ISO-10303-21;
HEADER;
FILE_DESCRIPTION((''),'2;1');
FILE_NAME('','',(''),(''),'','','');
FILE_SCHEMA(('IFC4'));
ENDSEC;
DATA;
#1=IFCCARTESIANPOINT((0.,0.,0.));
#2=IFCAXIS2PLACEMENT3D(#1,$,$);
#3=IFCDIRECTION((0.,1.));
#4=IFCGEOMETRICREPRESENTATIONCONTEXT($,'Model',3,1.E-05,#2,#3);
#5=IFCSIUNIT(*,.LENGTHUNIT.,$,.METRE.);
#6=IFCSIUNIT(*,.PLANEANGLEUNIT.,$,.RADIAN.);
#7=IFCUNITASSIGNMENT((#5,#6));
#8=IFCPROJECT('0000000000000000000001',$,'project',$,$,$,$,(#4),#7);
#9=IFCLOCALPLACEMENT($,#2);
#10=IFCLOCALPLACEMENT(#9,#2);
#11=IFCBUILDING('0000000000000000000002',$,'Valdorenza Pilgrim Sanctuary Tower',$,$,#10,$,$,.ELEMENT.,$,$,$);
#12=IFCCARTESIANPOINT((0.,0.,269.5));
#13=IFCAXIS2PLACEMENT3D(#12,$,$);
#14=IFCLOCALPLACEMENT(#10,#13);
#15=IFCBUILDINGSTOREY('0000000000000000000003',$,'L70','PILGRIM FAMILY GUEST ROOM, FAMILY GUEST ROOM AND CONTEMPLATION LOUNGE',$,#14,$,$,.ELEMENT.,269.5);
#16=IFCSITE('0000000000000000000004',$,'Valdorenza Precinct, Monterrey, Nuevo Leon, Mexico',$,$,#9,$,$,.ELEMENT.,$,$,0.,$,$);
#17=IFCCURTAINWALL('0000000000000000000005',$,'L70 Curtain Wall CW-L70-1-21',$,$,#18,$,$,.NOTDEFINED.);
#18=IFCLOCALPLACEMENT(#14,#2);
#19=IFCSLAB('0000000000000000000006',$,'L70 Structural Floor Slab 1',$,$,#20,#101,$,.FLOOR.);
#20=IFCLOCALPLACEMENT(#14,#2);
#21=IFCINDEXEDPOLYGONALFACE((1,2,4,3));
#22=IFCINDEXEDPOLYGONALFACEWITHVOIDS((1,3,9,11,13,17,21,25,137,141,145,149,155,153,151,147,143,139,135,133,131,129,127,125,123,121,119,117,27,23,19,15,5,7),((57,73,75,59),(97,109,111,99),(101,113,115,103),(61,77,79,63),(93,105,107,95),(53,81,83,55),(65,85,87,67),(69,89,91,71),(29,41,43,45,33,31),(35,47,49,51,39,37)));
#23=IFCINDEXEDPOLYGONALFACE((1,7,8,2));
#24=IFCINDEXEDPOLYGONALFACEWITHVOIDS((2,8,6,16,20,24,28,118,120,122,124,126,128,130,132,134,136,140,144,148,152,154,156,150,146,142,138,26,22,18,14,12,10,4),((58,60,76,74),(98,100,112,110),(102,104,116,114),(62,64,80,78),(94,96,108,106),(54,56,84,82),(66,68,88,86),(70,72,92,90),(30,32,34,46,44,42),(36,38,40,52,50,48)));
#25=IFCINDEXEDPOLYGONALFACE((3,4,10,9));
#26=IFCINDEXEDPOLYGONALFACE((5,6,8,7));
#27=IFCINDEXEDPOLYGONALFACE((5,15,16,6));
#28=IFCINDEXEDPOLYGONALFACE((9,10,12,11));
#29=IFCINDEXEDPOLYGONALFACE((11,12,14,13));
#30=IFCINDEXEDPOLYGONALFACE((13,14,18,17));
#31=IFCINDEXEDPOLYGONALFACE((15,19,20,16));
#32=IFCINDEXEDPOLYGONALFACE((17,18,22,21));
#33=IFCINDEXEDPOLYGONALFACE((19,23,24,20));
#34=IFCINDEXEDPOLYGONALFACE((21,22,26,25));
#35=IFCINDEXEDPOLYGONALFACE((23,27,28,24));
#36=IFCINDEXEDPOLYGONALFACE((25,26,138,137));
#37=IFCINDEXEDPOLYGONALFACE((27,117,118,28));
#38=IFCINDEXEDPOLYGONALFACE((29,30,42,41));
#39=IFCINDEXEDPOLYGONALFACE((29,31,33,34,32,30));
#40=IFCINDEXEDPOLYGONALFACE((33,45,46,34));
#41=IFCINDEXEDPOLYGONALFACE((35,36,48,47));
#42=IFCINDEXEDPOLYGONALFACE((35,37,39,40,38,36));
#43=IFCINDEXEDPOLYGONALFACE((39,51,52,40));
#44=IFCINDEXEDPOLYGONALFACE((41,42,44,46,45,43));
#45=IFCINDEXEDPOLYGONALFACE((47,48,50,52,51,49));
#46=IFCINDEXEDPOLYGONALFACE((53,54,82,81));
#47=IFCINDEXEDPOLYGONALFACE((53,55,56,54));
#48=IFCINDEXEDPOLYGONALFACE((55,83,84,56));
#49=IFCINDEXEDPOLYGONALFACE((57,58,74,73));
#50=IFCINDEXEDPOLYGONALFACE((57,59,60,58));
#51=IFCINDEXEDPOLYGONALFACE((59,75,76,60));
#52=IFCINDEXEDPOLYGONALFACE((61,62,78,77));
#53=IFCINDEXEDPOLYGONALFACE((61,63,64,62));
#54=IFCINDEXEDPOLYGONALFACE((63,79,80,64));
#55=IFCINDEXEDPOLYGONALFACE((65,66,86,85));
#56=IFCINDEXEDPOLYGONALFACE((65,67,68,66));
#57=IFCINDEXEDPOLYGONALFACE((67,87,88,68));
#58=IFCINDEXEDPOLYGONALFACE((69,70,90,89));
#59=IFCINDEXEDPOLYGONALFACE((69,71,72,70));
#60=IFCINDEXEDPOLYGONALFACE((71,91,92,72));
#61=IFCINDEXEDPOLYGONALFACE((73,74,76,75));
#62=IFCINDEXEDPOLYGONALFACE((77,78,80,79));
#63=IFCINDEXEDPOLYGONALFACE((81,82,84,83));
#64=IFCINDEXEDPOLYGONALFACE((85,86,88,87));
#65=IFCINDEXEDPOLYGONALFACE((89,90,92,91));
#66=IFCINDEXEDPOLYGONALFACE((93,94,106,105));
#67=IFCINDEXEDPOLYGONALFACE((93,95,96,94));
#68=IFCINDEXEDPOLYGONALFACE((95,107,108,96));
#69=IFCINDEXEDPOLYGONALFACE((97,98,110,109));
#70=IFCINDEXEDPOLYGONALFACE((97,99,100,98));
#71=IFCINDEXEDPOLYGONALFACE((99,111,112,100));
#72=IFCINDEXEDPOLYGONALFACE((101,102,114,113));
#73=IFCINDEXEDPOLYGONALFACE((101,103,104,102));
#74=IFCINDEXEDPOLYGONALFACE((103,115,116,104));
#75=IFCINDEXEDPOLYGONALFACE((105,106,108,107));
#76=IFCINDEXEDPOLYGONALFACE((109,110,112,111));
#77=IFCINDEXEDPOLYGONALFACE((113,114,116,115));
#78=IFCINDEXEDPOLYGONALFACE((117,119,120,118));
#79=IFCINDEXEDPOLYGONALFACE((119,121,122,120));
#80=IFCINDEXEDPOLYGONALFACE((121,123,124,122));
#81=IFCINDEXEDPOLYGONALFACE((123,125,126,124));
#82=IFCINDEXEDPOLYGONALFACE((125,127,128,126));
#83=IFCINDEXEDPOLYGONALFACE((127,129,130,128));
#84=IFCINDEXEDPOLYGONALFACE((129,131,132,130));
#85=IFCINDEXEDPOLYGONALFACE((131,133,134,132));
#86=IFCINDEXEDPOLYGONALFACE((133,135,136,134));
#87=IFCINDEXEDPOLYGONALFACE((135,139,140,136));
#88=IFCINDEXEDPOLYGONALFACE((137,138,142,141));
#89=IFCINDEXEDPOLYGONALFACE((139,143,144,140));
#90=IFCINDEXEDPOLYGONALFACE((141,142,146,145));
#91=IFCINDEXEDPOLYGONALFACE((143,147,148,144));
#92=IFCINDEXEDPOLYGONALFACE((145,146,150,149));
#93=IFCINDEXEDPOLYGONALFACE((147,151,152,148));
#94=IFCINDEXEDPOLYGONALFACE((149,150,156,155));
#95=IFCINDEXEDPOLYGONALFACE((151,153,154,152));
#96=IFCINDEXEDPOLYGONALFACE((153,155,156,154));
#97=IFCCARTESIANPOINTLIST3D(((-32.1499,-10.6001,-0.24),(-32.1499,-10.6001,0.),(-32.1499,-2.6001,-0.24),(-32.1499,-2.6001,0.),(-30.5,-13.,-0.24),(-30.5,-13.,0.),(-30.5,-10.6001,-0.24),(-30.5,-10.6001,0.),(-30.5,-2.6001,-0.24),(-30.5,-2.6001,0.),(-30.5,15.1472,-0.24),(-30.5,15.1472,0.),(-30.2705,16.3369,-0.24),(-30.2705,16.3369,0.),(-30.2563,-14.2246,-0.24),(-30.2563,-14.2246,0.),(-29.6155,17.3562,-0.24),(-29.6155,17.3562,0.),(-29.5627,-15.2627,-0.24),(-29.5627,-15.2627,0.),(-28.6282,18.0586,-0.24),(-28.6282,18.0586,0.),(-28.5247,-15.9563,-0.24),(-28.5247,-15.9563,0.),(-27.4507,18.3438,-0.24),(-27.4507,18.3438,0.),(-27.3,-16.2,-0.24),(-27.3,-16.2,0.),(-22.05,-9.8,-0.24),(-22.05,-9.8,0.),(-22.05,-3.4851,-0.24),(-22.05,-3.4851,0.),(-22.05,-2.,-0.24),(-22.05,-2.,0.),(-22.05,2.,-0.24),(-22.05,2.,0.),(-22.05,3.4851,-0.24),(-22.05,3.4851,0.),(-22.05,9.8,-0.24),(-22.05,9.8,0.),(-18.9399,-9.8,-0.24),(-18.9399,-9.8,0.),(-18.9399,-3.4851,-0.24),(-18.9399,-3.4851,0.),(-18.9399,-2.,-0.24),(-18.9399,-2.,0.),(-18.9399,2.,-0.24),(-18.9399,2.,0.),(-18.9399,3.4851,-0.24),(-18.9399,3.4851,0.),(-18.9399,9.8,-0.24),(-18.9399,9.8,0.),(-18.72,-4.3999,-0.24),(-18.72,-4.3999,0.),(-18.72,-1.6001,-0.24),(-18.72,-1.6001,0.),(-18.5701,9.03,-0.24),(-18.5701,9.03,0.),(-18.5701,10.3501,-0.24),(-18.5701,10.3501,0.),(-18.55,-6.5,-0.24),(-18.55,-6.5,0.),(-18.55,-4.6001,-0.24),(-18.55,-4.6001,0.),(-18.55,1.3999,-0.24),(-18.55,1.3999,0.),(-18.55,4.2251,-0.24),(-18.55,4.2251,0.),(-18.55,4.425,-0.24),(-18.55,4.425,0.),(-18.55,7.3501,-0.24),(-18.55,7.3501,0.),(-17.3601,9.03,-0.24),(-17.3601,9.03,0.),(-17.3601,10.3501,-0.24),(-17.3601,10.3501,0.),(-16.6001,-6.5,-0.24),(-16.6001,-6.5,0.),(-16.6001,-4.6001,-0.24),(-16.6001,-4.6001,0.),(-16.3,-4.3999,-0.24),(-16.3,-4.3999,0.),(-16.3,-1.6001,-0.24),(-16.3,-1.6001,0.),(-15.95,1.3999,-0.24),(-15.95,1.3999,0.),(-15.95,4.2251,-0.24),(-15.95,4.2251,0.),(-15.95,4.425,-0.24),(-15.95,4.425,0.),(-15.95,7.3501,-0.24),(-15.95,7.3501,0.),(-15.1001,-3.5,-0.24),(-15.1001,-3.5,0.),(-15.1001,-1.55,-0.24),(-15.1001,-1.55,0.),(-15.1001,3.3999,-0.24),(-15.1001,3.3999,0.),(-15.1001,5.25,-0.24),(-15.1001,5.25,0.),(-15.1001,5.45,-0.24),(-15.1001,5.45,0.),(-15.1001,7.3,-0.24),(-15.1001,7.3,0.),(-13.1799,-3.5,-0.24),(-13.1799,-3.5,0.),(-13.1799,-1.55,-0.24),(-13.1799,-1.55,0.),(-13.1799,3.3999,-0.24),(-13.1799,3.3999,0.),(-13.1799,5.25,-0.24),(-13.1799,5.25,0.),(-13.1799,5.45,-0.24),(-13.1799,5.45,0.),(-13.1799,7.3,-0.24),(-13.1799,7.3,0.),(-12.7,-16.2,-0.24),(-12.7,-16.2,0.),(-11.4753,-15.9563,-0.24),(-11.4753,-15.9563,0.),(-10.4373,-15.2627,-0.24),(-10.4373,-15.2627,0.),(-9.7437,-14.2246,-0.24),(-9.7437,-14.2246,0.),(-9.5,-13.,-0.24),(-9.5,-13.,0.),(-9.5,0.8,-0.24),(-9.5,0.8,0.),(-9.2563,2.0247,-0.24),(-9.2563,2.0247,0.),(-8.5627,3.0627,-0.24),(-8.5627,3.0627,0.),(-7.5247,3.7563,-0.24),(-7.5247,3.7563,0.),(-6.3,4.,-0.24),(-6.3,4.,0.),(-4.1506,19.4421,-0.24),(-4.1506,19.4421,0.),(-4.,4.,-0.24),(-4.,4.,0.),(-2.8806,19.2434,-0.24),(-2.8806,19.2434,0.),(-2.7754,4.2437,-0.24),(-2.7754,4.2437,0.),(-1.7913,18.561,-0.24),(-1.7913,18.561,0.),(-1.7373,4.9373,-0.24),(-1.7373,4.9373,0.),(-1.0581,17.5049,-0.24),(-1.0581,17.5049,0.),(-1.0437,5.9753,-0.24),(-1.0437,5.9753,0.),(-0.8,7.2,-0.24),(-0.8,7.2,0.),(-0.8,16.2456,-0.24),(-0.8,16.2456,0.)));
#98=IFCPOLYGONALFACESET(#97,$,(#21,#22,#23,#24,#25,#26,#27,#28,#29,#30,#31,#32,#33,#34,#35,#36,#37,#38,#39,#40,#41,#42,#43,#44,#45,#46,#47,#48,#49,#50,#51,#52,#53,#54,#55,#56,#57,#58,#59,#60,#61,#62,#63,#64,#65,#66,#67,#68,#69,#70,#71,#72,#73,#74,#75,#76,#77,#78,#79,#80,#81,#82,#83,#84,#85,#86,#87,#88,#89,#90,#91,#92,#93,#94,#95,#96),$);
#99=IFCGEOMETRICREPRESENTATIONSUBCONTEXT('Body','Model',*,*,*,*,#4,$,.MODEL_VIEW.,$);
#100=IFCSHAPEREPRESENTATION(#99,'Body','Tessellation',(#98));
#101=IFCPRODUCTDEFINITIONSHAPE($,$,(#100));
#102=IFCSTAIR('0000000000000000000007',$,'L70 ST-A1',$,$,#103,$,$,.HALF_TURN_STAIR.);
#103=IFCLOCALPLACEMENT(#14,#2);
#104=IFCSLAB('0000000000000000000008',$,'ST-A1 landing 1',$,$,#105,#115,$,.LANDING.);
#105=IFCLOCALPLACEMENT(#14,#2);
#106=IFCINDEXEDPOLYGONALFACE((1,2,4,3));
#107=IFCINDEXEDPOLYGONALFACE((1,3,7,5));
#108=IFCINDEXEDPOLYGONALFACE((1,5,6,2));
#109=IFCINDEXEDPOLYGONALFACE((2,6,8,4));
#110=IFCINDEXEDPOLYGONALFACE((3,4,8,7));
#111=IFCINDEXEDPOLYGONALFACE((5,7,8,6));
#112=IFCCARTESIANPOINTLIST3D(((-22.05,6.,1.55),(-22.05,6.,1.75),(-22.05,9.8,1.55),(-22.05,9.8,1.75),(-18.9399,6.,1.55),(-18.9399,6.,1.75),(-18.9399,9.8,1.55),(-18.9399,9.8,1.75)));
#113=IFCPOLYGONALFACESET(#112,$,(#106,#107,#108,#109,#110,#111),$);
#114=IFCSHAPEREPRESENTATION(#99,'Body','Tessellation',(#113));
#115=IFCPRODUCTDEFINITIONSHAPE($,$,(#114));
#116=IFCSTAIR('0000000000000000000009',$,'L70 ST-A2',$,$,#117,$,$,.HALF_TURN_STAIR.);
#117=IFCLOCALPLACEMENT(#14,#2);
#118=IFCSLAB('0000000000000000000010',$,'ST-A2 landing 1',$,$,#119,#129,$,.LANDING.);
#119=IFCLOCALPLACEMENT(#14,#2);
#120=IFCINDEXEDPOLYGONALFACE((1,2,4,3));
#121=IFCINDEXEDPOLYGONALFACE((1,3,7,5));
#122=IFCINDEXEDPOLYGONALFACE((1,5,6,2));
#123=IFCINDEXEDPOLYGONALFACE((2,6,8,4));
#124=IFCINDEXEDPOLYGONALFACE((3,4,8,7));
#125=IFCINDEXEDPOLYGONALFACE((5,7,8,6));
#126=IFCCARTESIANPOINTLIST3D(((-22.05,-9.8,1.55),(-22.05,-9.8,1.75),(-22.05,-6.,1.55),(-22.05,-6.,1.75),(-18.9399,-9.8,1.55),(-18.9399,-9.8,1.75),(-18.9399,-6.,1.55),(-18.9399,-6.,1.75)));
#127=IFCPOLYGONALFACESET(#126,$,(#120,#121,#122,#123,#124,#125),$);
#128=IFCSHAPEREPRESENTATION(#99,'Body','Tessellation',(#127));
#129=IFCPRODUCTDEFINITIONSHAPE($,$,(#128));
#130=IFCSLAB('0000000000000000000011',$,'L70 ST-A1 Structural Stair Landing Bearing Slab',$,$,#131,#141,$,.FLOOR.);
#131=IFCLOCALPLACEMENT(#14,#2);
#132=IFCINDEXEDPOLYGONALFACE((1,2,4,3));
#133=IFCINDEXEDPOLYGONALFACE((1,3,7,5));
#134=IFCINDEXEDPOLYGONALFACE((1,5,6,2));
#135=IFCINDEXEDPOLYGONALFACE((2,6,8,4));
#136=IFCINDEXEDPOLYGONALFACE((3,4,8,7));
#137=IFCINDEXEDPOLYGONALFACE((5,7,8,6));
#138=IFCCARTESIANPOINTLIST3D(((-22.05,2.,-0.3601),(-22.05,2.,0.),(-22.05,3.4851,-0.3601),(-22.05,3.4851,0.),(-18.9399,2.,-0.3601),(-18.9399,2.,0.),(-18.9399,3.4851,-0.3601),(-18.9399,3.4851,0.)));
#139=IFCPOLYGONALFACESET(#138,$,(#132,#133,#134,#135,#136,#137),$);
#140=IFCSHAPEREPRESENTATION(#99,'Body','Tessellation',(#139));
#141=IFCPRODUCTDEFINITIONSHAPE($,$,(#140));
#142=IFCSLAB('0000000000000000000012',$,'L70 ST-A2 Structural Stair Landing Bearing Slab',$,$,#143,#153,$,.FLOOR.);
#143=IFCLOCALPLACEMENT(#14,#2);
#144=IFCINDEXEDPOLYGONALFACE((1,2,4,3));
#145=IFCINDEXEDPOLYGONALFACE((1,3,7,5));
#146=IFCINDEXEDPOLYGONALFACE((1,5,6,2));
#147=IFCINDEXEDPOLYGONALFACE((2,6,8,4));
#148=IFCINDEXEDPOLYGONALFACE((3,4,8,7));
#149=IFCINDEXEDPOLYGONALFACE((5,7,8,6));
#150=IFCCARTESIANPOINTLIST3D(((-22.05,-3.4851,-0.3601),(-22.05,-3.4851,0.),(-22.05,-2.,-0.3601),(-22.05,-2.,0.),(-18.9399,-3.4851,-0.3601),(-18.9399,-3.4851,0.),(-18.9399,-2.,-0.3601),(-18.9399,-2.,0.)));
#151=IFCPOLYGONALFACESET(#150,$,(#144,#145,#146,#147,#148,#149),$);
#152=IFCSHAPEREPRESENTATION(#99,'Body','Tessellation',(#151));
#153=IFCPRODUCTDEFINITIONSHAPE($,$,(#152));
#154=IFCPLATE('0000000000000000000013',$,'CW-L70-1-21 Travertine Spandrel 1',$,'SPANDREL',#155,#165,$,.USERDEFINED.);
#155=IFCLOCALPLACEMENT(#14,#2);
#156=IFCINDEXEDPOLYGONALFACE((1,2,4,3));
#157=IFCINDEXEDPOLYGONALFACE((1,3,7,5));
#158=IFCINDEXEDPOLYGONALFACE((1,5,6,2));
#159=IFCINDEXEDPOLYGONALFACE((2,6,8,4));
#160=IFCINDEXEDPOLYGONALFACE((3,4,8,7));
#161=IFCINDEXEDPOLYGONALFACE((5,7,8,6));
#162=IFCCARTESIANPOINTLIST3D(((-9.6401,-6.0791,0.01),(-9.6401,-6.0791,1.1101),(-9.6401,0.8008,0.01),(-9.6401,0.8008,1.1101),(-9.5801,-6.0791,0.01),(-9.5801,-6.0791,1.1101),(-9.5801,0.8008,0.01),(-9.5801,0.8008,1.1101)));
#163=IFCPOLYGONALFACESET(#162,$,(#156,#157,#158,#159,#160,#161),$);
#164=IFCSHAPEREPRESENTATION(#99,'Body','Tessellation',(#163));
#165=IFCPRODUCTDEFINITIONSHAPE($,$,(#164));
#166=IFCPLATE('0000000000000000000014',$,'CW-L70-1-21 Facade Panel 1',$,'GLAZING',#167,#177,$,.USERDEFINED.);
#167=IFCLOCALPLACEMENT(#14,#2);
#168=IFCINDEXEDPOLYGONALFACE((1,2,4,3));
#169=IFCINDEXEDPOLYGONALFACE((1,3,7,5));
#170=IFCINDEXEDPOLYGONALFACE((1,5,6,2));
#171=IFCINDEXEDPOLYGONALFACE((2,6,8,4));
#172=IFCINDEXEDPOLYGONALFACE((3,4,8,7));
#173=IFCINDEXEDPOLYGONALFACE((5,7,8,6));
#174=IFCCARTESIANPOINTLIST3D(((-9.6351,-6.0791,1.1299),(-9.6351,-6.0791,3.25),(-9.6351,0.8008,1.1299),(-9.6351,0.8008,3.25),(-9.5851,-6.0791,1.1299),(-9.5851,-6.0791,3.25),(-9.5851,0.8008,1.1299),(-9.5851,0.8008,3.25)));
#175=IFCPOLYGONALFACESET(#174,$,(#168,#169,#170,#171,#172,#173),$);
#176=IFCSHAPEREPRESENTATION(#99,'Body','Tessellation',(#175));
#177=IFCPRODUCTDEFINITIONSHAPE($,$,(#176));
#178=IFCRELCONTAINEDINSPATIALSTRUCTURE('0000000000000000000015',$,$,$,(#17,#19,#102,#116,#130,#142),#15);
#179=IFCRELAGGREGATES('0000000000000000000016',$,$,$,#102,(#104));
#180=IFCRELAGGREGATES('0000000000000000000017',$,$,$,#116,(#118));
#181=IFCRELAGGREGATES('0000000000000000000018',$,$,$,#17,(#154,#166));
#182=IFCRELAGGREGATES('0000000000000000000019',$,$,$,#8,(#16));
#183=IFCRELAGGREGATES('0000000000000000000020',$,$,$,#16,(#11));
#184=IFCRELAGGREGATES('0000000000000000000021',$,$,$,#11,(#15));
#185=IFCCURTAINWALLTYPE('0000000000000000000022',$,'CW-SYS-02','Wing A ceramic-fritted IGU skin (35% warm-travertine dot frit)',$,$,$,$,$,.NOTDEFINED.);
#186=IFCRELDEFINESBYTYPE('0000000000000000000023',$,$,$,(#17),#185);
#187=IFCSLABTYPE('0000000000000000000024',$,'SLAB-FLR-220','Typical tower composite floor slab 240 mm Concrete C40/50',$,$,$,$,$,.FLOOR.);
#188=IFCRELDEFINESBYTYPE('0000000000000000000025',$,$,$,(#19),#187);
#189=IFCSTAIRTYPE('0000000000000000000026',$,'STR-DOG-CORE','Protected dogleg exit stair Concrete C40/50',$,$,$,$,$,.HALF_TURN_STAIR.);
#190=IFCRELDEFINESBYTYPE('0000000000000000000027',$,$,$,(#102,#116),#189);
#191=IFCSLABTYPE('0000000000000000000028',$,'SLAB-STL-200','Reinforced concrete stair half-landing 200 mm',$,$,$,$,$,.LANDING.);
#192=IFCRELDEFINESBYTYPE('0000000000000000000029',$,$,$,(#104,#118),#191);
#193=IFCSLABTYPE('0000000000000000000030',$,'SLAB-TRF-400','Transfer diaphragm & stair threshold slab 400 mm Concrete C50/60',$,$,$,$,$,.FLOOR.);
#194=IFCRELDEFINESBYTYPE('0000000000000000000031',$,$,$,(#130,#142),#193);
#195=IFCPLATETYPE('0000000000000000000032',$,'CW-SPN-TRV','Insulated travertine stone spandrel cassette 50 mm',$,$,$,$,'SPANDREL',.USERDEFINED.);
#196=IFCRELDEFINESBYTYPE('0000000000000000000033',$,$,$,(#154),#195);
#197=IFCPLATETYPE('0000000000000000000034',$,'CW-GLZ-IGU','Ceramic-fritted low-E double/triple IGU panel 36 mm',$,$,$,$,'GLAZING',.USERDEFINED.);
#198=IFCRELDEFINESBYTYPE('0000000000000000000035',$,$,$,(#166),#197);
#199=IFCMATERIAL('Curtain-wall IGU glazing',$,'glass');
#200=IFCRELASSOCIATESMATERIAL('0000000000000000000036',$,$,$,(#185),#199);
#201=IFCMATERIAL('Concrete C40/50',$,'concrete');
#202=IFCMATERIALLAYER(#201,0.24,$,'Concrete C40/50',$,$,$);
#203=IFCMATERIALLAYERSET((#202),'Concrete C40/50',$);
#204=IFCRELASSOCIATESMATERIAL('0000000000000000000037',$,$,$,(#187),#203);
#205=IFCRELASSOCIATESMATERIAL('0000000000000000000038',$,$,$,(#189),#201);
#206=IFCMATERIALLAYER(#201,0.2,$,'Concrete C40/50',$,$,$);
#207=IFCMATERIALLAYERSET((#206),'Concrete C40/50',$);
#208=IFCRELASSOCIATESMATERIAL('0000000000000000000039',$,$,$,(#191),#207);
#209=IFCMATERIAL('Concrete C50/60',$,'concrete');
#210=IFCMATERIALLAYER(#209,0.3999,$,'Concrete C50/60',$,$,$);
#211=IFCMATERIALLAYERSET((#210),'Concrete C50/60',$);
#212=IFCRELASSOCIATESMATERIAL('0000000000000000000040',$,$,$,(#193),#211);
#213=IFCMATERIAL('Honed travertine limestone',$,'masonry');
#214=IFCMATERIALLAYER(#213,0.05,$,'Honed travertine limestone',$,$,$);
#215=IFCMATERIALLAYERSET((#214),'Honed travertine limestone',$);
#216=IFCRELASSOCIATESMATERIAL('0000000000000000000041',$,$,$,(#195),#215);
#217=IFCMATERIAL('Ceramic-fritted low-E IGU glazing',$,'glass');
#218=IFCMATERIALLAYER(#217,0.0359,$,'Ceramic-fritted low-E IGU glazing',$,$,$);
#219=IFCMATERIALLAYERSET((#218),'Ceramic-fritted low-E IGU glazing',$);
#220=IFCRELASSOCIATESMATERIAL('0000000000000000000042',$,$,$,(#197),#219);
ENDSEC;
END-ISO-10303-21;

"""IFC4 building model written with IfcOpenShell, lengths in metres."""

from ifc_helpers import new_model, si_unit, direction, frame, origin, origin_2d, place, context, subcontext, project, spatial, polyline, rectangle, outline, extrude, source, transform, mapped, material, layer, layer_set, type_object, element, aggregate, save


model = new_model("IFC4")

# Units and contexts
model_context = context("Model", 3, precision=1e-05, world=origin(), true_north=direction((0.0, 1.0)))
body_context = subcontext(model_context, "Body", "Model", "MODEL_VIEW")
ifc_project = project(units=[si_unit("LENGTHUNIT", "METRE"), si_unit("PLANEANGLEUNIT", "RADIAN")], contexts=[model_context])

# Site, building, storey
site_placement = place(None, origin())
site = spatial("IfcSite", under=ifc_project, at=site_placement, Name="Valdorenza Precinct, Monterrey, Nuevo Leon, Mexico", CompositionType="ELEMENT", RefElevation=0.0)
building_placement = place(site_placement, origin())
building = spatial("IfcBuilding", under=site, at=building_placement, Name="Valdorenza Pilgrim Sanctuary Tower", CompositionType="ELEMENT")
storey_placement = place(building_placement, frame((0.0, 0.0, 269.5)))
storey = spatial("IfcBuildingStorey", under=building, at=storey_placement, Name="L70", Description="PILGRIM FAMILY GUEST ROOM, FAMILY GUEST ROOM AND CONTEMPLATION LOUNGE", CompositionType="ELEMENT", Elevation=269.5)

# Shared definitions
ifc_material_1 = material(Name="Concrete C50/60", Category="concrete")

# Curtain wall
ifc_material_2 = material(Name="Curtain-wall IGU glazing", Category="glass")
curtain_wall_type = type_object("IfcCurtainWallType", Name="CW-SYS-02", Description="Wing A ceramic-fritted IGU skin (35% warm-travertine dot frit)", PredefinedType="NOTDEFINED", material=ifc_material_2)
curtain_wall_placement = place(storey_placement, origin())
curtain_wall = element("IfcCurtainWall", 1, at=curtain_wall_placement, inside=storey, type_object=curtain_wall_type, Name="L70 Curtain Wall CW-L70-1-21", PredefinedType="NOTDEFINED")

# Slab
ifc_material_3 = material(Name="Concrete C40/50", Category="concrete")
ifc_layer_1 = layer(ifc_material_3, 0.24, Name="Concrete C40/50")
ifc_layer_set_1 = layer_set([ifc_layer_1], Name="Concrete C40/50")
slab_type_1 = type_object("IfcSlabType", Name="SLAB-FLR-220", Description="Typical tower composite floor slab 240 mm Concrete C40/50", PredefinedType="FLOOR", material=ifc_layer_set_1)
slab_1_placement = place(storey_placement, frame((0.0, 0.0, -0.24)))
element("IfcSlab", 2, at=slab_1_placement, inside=storey, type_object=slab_type_1, Name="L70 Structural Floor Slab 1", PredefinedType="FLOOR", context=body_context, shape_type="SweptSolid", body=[
    extrude(outline(polyline([(-32.1499, -2.6001), (-30.5, -2.6001), (-30.5, 15.1472), (-30.2705, 16.3369), (-29.6155, 17.3562), (-28.6282, 18.0586), (-27.4507, 18.3438), (-4.1506, 19.4421), (-2.8806, 19.2434), (-1.7913, 18.561), (-1.0581, 17.5049), (-0.8, 16.2456), (-0.8, 7.2), (-1.0437, 5.9753), (-1.7373, 4.9373), (-2.7754, 4.2437), (-4.0, 4.0), (-6.3, 4.0), (-7.5247, 3.7563), (-8.5627, 3.0627), (-9.2563, 2.0247), (-9.5, 0.8), (-9.5, -13.0), (-9.7437, -14.2246), (-10.4373, -15.2627), (-11.4753, -15.9563), (-12.7, -16.2), (-27.3, -16.2), (-28.5247, -15.9563), (-29.5627, -15.2627), (-30.2563, -14.2246), (-30.5, -13.0), (-30.5, -10.6001), (-32.1499, -10.6001), (-32.1499, -2.6001)]), holes=[polyline([(-22.05, -9.8), (-18.9399, -9.8), (-18.9399, -3.4851), (-18.9399, -2.0), (-22.05, -2.0), (-22.05, -3.4851), (-22.05, -9.8)]), polyline([(-16.6001, -6.5), (-16.6001, -4.6001), (-18.55, -4.6001), (-18.55, -6.5), (-16.6001, -6.5)]), polyline([(-22.05, 2.0), (-18.9399, 2.0), (-18.9399, 3.4851), (-18.9399, 9.8), (-22.05, 9.8), (-22.05, 3.4851), (-22.05, 2.0)]), polyline([(-17.3601, 9.03), (-17.3601, 10.3501), (-18.5701, 10.3501), (-18.5701, 9.03), (-17.3601, 9.03)]), polyline([(-16.3, -1.6001), (-18.72, -1.6001), (-18.72, -4.3999), (-16.3, -4.3999), (-16.3, -1.6001)]), polyline([(-13.1799, -3.5), (-13.1799, -1.55), (-15.1001, -1.55), (-15.1001, -3.5), (-13.1799, -3.5)]), polyline([(-15.95, 1.3999), (-15.95, 4.2251), (-18.55, 4.2251), (-18.55, 1.3999), (-15.95, 1.3999)]), polyline([(-13.1799, 5.25), (-15.1001, 5.25), (-15.1001, 3.3999), (-13.1799, 3.3999), (-13.1799, 5.25)]), polyline([(-15.95, 4.425), (-15.95, 7.3501), (-18.55, 7.3501), (-18.55, 4.425), (-15.95, 4.425)]), polyline([(-13.1799, 5.45), (-13.1799, 7.3), (-15.1001, 7.3), (-15.1001, 5.45), (-13.1799, 5.45)])]), origin(), (0.0, 0.0, 1.0), 0.24),
])

# Stairs, slabs
stair_type = type_object("IfcStairType", Name="STR-DOG-CORE", Description="Protected dogleg exit stair Concrete C40/50", PredefinedType="HALF_TURN_STAIR", material=ifc_material_3)
stair_1_placement = place(storey_placement, origin())
stair_1 = element("IfcStair", 3, at=stair_1_placement, inside=storey, type_object=stair_type, Name="L70 ST-A1", PredefinedType="HALF_TURN_STAIR")
ifc_layer_2 = layer(ifc_material_3, 0.2, Name="Concrete C40/50")
ifc_layer_set_2 = layer_set([ifc_layer_2], Name="Concrete C40/50")
slab_type_2 = type_object("IfcSlabType", Name="SLAB-STL-200", Description="Reinforced concrete stair half-landing 200 mm", PredefinedType="LANDING", material=ifc_layer_set_2)
slab_2_placement = place(storey_placement, frame((0.0, 0.0, 1.55)))
slab_2 = element("IfcSlab", 4, at=slab_2_placement, type_object=slab_type_2, Name="ST-A1 landing 1", PredefinedType="LANDING", context=body_context, shape_type="SweptSolid", body=[
    extrude(outline(polyline([(-18.9399, 6.0), (-18.9399, 9.8), (-22.05, 9.8), (-22.05, 6.0), (-18.9399, 6.0)])), origin(), (0.0, 0.0, 1.0), 0.2),
])
aggregate(stair_1, [slab_2])
stair_2_placement = place(storey_placement, origin())
stair_2 = element("IfcStair", 5, at=stair_2_placement, inside=storey, type_object=stair_type, Name="L70 ST-A2", PredefinedType="HALF_TURN_STAIR")
slab_3_placement = place(storey_placement, frame((0.0, 0.0, 1.55)))
slab_3 = element("IfcSlab", 6, at=slab_3_placement, type_object=slab_type_2, Name="ST-A2 landing 1", PredefinedType="LANDING", context=body_context, shape_type="SweptSolid", body=[
    extrude(outline(polyline([(-22.05, -6.0), (-22.05, -9.8), (-18.9399, -9.8), (-18.9399, -6.0), (-22.05, -6.0)])), origin(), (0.0, 0.0, 1.0), 0.2),
])
aggregate(stair_2, [slab_3])

# Slabs
ifc_layer_3 = layer(ifc_material_1, 0.3999, Name="Concrete C50/60")
ifc_layer_set_3 = layer_set([ifc_layer_3], Name="Concrete C50/60")
slab_type_3 = type_object("IfcSlabType", Name="SLAB-TRF-400", Description="Transfer diaphragm & stair threshold slab 400 mm Concrete C50/60", PredefinedType="FLOOR", material=ifc_layer_set_3)
slab_4_placement = place(storey_placement, frame((0.0, 0.0, -0.3601)))
element("IfcSlab", 7, at=slab_4_placement, inside=storey, type_object=slab_type_3, Name="L70 ST-A1 Structural Stair Landing Bearing Slab", PredefinedType="FLOOR", context=body_context, shape_type="SweptSolid", body=[
    extrude(outline(polyline([(-22.05, 2.0), (-18.9399, 2.0), (-18.9399, 3.4851), (-22.05, 3.4851), (-22.05, 2.0)])), origin(), (0.0, 0.0, 1.0), 0.3601),
])
slab_5_placement = place(storey_placement, frame((0.0, 0.0, -0.3601)))
element("IfcSlab", 8, at=slab_5_placement, inside=storey, type_object=slab_type_3, Name="L70 ST-A2 Structural Stair Landing Bearing Slab", PredefinedType="FLOOR", context=body_context, shape_type="SweptSolid", body=[
    extrude(outline(polyline([(-22.05, -3.4851), (-18.9399, -3.4851), (-18.9399, -2.0), (-22.05, -2.0), (-22.05, -3.4851)])), origin(), (0.0, 0.0, 1.0), 0.3601),
])

# Plates
ifc_material_4 = material(Name="Honed travertine limestone", Category="masonry")
ifc_layer_4 = layer(ifc_material_4, 0.05, Name="Honed travertine limestone")
ifc_layer_set_4 = layer_set([ifc_layer_4], Name="Honed travertine limestone")
plate_type_1 = type_object("IfcPlateType", Name="CW-SPN-TRV", Description="Insulated travertine stone spandrel cassette 50 mm", ElementType="SPANDREL", PredefinedType="USERDEFINED", material=ifc_layer_set_4)
shared_shape_1 = source(origin(), body_context, "Body", "SweptSolid", [
    extrude(rectangle(XDim=6.8799, YDim=0.0601, at=origin_2d()), origin(), (0.0, 0.0, 1.0), 1.1001),
])
plate_1_placement = place(storey_placement, frame((-9.6101, -2.6392, 0.01), z_axis=(0.0, 0.0, 1.0), x_axis=(0.0, -1.0, 0.0)))
plate_1 = element("IfcPlate", 9, at=plate_1_placement, type_object=plate_type_1, Name="CW-L70-1-21 Travertine Spandrel 1", ObjectType="SPANDREL", PredefinedType="USERDEFINED", context=body_context, shape_type="MappedRepresentation", body=[
    mapped(shared_shape_1, transform((0.0, 0.0, 0.0), x_axis=(1.0, 0.0, 0.0), y_axis=(0.0, 1.0, 0.0), z_axis=(0.0, 0.0, 1.0), scale=1.0)),
])
ifc_material_5 = material(Name="Ceramic-fritted low-E IGU glazing", Category="glass")
ifc_layer_5 = layer(ifc_material_5, 0.0359, Name="Ceramic-fritted low-E IGU glazing")
ifc_layer_set_5 = layer_set([ifc_layer_5], Name="Ceramic-fritted low-E IGU glazing")
plate_type_2 = type_object("IfcPlateType", Name="CW-GLZ-IGU", Description="Ceramic-fritted low-E double/triple IGU panel 36 mm", ElementType="GLAZING", PredefinedType="USERDEFINED", material=ifc_layer_set_5)
shared_shape_2 = source(origin(), body_context, "Body", "SweptSolid", [
    extrude(rectangle(XDim=6.8799, YDim=0.05, at=origin_2d()), origin(), (0.0, 0.0, 1.0), 2.1201),
])
plate_2_placement = place(storey_placement, frame((-9.6101, -2.6392, 1.1299), z_axis=(0.0, 0.0, 1.0), x_axis=(0.0, -1.0, 0.0)))
plate_2 = element("IfcPlate", 10, at=plate_2_placement, type_object=plate_type_2, Name="CW-L70-1-21 Facade Panel 1", ObjectType="GLAZING", PredefinedType="USERDEFINED", context=body_context, shape_type="MappedRepresentation", body=[
    mapped(shared_shape_2, transform((0.0, 0.0, 0.0), x_axis=(1.0, 0.0, 0.0), y_axis=(0.0, 1.0, 0.0), z_axis=(0.0, 0.0, 1.0), scale=1.0)),
])
aggregate(curtain_wall, [plate_1, plate_2])

save(model, "model.ifc")
